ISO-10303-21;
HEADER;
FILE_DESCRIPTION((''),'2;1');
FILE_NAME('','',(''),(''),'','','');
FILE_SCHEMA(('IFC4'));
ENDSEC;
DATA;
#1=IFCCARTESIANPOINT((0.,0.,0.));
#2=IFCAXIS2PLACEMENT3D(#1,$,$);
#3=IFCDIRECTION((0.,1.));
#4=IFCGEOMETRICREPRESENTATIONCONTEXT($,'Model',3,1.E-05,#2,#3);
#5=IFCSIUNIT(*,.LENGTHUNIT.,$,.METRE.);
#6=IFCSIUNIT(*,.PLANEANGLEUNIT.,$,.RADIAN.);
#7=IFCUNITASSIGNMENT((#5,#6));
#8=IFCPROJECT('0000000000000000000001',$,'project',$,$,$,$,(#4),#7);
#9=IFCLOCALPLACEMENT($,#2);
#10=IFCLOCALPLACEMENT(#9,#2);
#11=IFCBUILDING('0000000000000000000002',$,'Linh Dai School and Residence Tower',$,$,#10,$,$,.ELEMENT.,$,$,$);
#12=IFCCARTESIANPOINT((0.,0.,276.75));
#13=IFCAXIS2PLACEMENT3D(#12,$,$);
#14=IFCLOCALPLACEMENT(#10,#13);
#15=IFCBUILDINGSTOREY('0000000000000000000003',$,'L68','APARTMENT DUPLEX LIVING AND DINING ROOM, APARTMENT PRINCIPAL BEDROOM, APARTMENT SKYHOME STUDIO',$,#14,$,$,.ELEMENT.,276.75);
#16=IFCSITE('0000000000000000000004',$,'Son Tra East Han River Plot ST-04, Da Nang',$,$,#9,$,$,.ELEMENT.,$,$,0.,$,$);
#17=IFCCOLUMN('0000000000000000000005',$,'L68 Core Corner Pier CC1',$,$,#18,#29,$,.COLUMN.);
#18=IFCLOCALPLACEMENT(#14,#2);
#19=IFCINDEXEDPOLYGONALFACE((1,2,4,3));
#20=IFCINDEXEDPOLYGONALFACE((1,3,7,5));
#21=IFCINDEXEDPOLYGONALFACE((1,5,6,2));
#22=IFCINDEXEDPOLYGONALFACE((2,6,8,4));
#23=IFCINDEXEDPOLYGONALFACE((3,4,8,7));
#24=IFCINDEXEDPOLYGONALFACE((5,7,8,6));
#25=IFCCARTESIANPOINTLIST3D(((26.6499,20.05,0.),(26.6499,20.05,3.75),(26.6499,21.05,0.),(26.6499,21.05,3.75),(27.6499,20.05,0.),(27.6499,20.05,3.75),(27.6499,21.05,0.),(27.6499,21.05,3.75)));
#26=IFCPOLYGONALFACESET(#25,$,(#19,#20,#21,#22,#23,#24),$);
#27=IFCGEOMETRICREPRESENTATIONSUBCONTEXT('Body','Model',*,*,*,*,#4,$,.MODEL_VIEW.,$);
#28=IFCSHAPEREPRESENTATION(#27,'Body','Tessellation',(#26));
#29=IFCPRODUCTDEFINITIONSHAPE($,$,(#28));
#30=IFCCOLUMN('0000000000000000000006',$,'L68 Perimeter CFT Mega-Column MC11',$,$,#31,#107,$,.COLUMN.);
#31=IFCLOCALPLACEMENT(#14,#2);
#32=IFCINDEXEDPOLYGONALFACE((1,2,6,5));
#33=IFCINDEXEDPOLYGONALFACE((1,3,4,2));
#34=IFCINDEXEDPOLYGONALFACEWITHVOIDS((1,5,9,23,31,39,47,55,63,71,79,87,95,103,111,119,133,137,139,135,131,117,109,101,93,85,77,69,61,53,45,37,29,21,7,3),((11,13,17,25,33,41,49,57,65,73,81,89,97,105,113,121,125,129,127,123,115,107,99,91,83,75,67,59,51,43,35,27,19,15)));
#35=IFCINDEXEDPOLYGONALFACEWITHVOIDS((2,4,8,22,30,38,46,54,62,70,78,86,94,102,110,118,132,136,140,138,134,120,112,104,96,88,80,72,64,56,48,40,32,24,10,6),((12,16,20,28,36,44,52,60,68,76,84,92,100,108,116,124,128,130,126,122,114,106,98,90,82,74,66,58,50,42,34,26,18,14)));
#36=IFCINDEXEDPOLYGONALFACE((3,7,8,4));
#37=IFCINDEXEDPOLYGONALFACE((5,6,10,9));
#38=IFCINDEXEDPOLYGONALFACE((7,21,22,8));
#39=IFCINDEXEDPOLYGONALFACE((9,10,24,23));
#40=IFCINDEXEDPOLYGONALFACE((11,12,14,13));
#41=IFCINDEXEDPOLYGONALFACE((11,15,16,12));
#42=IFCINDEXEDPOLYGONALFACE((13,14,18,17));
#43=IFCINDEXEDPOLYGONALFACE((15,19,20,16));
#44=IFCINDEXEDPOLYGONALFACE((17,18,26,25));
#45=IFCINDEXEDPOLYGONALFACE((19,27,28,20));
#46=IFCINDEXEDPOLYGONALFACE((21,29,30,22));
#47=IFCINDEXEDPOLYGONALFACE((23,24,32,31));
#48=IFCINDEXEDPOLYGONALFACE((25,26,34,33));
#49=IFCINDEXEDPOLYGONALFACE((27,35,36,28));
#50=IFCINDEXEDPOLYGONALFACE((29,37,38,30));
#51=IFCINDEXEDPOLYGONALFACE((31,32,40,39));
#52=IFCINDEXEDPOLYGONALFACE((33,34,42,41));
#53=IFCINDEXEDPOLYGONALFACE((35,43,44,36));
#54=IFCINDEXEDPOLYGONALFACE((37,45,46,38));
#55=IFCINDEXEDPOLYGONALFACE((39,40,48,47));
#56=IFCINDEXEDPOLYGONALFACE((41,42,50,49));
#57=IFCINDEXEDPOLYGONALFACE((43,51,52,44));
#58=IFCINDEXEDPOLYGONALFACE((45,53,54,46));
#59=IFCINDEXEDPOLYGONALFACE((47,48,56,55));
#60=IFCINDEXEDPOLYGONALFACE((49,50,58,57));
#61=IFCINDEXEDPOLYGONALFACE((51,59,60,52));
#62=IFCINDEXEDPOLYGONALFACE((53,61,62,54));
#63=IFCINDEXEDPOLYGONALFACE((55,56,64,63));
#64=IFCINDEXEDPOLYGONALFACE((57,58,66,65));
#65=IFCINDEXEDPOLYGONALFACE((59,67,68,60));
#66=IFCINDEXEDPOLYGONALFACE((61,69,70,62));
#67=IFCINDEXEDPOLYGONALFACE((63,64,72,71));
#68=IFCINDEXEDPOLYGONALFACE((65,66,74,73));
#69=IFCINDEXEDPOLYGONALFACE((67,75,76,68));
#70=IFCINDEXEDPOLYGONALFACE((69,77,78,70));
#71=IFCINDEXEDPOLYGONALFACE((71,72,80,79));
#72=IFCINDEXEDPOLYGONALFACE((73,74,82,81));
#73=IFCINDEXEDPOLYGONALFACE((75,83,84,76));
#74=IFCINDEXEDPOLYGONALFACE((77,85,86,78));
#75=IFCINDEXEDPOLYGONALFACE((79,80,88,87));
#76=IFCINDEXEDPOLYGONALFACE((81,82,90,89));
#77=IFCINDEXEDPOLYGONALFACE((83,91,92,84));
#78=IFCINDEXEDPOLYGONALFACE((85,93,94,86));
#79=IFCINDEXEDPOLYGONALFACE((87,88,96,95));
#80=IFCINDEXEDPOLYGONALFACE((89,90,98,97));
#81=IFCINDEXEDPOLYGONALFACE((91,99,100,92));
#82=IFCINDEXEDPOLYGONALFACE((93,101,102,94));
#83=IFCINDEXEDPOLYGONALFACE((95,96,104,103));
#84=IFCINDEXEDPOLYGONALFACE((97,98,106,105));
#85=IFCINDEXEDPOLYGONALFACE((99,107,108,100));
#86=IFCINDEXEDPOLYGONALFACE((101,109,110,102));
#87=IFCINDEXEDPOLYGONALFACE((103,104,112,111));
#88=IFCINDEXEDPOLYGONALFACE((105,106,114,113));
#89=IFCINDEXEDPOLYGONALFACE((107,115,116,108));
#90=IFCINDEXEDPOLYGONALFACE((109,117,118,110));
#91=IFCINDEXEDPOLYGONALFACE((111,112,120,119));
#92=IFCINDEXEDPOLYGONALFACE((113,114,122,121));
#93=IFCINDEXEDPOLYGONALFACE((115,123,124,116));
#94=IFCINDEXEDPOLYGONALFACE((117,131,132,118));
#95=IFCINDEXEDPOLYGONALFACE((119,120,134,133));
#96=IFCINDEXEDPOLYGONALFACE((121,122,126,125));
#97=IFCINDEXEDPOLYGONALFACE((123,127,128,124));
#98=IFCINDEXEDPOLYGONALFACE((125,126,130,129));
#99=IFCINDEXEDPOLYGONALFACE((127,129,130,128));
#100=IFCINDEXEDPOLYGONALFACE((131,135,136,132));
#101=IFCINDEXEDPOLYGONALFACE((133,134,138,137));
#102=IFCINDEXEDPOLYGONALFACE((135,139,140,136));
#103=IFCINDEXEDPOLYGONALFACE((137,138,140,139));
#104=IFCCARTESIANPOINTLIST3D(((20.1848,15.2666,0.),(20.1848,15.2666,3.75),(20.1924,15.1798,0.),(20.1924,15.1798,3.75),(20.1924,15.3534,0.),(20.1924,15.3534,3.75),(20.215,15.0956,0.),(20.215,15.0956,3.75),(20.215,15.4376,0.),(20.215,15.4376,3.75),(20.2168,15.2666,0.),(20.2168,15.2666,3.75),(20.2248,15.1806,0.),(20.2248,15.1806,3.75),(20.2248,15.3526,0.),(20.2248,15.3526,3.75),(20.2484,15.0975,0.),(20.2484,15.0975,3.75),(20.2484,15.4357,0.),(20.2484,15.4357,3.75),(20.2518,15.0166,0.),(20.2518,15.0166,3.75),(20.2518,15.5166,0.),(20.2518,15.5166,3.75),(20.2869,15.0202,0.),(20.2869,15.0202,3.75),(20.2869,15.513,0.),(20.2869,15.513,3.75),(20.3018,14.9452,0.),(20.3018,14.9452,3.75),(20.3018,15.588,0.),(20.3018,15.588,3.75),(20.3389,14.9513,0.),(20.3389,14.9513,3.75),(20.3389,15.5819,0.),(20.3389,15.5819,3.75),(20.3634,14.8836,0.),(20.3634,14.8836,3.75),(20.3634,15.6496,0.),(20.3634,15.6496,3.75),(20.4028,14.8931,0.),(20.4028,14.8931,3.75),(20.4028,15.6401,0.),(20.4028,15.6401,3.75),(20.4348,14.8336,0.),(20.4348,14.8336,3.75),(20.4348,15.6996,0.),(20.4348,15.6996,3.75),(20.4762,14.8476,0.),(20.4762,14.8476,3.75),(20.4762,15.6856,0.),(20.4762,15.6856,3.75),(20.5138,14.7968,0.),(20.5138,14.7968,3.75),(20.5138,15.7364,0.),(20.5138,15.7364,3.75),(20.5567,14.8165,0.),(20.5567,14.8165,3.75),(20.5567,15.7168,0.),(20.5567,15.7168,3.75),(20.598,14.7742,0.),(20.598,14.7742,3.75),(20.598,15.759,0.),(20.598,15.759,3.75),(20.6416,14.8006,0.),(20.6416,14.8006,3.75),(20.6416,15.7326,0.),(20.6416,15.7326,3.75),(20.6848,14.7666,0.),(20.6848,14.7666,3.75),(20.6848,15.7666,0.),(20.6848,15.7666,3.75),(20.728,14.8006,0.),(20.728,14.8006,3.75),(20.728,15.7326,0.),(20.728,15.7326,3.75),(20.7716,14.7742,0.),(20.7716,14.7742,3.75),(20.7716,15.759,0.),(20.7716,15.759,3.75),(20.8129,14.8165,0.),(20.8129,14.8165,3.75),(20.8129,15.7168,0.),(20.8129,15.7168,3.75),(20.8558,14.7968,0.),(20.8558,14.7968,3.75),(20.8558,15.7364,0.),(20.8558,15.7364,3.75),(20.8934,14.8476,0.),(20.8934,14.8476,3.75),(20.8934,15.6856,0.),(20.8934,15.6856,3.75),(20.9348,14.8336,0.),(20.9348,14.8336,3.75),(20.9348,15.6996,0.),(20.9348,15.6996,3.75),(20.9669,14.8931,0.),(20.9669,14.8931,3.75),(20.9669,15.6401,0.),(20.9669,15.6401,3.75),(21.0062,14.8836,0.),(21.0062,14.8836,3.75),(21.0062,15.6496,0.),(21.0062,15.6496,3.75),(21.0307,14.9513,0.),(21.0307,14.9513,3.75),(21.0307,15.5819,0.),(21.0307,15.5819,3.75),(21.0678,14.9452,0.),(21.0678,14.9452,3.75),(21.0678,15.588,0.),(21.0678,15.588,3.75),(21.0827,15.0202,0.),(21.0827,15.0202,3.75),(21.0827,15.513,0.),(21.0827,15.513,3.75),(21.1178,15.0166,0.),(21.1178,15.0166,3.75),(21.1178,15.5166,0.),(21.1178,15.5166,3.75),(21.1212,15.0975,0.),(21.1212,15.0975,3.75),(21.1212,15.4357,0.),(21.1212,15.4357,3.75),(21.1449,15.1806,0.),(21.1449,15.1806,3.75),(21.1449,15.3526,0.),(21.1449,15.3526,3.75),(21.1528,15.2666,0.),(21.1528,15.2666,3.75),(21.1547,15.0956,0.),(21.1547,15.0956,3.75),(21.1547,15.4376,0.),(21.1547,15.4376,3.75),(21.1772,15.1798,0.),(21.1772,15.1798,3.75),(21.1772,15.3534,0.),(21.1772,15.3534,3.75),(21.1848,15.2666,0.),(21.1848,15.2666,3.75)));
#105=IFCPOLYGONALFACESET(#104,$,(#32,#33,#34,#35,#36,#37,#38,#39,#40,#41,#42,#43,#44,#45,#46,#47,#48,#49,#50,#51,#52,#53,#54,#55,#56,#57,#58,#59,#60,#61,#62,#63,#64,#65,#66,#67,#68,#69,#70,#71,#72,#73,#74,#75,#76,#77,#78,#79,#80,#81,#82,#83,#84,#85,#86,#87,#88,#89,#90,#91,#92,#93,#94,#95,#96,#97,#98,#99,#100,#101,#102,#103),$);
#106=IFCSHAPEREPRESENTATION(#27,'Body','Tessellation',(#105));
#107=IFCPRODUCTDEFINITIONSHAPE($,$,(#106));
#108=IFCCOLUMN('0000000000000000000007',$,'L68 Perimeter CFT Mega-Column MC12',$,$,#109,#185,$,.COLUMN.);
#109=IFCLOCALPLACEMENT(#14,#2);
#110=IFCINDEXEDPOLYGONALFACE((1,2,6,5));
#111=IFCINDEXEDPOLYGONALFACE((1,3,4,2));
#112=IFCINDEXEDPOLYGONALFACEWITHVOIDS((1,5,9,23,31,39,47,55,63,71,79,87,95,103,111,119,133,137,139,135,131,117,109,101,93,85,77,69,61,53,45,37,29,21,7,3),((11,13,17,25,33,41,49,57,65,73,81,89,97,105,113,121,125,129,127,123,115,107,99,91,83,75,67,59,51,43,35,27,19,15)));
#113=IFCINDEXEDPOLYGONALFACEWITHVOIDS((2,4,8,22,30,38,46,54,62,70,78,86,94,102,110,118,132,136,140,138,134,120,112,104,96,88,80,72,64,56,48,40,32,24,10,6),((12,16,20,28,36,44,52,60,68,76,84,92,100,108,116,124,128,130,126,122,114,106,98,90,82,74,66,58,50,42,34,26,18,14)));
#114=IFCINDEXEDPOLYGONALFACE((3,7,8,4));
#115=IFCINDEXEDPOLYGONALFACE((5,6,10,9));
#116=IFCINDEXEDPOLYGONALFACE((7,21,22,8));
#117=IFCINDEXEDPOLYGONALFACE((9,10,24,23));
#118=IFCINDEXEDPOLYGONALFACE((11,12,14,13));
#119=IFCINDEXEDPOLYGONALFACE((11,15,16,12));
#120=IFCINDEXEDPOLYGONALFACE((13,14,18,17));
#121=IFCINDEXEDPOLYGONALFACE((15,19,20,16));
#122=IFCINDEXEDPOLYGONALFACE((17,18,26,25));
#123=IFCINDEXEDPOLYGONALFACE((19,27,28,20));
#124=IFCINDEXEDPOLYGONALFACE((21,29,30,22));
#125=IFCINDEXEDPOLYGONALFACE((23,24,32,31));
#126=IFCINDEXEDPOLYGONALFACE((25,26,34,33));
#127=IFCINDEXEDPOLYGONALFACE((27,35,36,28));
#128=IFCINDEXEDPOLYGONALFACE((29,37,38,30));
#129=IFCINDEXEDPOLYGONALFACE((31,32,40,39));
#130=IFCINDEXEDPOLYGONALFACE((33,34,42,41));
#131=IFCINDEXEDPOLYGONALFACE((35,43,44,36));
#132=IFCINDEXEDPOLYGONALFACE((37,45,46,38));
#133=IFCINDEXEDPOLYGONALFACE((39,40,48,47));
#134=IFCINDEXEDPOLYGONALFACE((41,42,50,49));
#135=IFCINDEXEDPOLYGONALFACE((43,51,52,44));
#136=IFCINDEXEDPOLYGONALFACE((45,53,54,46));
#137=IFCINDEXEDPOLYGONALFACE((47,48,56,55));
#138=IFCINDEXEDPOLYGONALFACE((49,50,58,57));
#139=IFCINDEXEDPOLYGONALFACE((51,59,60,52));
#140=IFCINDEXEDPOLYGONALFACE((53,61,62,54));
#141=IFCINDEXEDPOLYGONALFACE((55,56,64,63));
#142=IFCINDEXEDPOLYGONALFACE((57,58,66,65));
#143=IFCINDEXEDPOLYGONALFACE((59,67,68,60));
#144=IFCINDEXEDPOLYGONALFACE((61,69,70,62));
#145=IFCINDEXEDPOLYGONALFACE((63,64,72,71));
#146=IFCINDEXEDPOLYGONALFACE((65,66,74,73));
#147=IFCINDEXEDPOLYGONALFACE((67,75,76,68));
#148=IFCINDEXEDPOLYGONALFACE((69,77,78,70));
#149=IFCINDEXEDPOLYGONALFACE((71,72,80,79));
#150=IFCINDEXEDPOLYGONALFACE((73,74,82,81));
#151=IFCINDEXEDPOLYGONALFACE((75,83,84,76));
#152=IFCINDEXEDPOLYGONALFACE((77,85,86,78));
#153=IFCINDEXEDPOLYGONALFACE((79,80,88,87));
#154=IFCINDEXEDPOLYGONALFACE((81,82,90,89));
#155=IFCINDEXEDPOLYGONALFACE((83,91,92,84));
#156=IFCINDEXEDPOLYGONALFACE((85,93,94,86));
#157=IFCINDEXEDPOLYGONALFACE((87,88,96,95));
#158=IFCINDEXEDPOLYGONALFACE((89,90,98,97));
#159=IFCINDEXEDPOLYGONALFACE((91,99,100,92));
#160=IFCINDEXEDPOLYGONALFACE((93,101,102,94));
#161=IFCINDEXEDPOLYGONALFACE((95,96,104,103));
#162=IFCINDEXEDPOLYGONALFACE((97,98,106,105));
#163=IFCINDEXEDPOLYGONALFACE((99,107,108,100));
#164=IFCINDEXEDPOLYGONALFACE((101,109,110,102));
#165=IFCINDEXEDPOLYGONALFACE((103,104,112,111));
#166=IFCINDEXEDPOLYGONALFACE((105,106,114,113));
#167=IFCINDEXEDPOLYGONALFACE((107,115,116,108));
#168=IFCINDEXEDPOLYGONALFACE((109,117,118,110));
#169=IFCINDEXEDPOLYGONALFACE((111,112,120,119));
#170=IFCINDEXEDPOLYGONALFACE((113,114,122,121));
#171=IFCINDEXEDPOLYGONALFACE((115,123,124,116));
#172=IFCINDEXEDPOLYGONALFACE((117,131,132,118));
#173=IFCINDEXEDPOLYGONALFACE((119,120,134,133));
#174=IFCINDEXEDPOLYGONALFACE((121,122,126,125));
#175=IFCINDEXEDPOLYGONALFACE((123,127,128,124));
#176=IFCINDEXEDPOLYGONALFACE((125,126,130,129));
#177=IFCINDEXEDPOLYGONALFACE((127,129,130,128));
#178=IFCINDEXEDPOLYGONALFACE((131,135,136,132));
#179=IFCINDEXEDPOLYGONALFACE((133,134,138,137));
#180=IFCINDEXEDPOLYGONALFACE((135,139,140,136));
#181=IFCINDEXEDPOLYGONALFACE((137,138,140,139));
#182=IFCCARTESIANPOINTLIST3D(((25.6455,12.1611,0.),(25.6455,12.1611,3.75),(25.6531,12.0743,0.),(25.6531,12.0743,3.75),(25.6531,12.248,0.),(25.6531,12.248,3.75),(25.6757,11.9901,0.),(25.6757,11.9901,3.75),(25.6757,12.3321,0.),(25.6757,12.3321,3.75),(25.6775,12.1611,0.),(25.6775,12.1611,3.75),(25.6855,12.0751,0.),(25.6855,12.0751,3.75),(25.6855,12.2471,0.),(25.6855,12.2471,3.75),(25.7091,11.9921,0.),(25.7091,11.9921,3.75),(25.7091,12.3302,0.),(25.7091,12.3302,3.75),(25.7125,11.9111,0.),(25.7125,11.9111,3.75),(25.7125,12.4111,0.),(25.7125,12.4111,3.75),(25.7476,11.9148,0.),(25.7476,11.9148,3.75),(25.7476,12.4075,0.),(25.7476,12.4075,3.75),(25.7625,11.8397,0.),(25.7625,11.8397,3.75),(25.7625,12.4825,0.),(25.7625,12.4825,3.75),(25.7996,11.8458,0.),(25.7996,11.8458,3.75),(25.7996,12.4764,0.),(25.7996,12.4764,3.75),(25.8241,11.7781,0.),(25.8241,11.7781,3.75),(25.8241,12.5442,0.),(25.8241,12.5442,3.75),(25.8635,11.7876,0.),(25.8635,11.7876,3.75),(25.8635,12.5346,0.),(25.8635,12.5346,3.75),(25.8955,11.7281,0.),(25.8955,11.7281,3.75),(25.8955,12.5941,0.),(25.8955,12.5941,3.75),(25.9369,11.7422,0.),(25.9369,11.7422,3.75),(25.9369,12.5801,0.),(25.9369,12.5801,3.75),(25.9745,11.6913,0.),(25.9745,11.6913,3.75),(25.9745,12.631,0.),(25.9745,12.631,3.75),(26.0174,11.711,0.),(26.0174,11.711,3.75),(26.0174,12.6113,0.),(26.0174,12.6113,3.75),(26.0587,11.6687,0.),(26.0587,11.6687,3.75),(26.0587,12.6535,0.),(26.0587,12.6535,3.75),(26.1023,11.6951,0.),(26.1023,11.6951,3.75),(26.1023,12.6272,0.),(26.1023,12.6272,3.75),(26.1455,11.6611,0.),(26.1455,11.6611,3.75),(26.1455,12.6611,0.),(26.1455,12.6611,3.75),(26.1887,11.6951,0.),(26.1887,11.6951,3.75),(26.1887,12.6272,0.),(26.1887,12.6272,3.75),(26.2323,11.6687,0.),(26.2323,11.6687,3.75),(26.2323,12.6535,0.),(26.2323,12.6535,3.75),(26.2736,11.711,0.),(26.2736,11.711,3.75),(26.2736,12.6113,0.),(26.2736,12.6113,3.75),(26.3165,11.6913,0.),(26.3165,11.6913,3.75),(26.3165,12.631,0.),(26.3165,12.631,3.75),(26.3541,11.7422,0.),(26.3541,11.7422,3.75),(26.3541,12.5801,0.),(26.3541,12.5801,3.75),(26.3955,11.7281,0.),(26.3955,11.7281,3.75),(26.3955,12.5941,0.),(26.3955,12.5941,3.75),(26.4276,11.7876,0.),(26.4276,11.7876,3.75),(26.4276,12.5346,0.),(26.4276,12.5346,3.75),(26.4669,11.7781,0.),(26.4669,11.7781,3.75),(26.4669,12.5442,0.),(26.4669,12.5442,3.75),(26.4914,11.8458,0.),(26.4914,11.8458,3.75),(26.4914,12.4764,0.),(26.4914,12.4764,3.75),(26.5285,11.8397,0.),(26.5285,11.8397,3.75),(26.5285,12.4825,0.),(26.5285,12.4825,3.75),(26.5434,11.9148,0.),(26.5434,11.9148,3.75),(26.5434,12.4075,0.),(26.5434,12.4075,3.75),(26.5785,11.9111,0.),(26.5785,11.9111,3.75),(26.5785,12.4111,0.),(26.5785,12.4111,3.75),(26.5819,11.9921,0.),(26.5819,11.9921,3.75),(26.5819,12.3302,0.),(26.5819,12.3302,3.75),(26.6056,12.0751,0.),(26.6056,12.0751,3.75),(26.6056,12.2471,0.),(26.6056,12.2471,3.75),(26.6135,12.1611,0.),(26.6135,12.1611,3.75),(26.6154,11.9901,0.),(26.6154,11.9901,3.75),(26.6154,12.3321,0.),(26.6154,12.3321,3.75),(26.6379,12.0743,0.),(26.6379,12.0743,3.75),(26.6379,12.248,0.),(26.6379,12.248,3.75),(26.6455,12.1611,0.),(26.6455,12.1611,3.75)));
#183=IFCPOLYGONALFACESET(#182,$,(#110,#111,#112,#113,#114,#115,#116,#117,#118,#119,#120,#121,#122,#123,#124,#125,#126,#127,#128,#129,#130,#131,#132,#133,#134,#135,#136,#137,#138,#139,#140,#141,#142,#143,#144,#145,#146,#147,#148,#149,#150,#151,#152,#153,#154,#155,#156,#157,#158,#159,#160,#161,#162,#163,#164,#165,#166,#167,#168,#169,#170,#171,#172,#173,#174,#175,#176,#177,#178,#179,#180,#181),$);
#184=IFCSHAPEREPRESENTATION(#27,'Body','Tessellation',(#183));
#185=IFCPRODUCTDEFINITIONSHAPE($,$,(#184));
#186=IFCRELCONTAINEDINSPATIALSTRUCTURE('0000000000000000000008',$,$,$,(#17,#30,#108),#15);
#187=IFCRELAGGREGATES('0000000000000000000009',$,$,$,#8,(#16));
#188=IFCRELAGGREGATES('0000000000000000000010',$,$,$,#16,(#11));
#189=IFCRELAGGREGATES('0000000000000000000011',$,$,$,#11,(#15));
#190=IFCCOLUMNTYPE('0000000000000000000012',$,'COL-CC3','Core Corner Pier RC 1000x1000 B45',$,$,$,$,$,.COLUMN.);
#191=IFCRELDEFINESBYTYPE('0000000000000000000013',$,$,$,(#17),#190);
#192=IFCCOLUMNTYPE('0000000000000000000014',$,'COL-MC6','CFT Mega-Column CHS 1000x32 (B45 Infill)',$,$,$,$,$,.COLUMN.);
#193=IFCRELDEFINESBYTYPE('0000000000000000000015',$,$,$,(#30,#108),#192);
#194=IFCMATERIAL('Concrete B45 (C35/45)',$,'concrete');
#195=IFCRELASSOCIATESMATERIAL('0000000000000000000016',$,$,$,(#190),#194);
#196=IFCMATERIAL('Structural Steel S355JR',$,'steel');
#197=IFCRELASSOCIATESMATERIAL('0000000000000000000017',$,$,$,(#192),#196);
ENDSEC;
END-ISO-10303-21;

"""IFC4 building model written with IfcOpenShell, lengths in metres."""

from ifc_helpers import new_model, si_unit, direction, frame, origin, origin_2d, place, context, subcontext, project, spatial, rectangle, hollow_circle, extrude, material, material_profile, profile_set, type_object, element, save


model = new_model("IFC4")

# Units and contexts
model_context = context("Model", 3, precision=1e-05, world=origin(), true_north=direction((0.0, 1.0)))
body_context = subcontext(model_context, "Body", "Model", "MODEL_VIEW")
ifc_project = project(units=[si_unit("LENGTHUNIT", "METRE"), si_unit("PLANEANGLEUNIT", "RADIAN")], contexts=[model_context])

# Site, building, storey
site_placement = place(None, origin())
site = spatial("IfcSite", under=ifc_project, at=site_placement, Name="Son Tra East Han River Plot ST-04, Da Nang", CompositionType="ELEMENT", RefElevation=0.0)
building_placement = place(site_placement, origin())
building = spatial("IfcBuilding", under=site, at=building_placement, Name="Linh Dai School and Residence Tower", CompositionType="ELEMENT")
storey_placement = place(building_placement, frame((0.0, 0.0, 276.75)))
storey = spatial("IfcBuildingStorey", under=building, at=storey_placement, Name="L68", Description="APARTMENT DUPLEX LIVING AND DINING ROOM, APARTMENT PRINCIPAL BEDROOM, APARTMENT SKYHOME STUDIO", CompositionType="ELEMENT", Elevation=276.75)

# Columns
ifc_material_1 = material(Name="Concrete B45 (C35/45)", Category="concrete")
ifc_material_profile_1 = material_profile(ifc_material_1, rectangle(XDim=1.0, YDim=1.0, at=origin_2d()), Name="RC 1000x1000")
ifc_profile_set_1 = profile_set([ifc_material_profile_1], Name="Concrete B45 (C35/45)")
column_type_1 = type_object("IfcColumnType", Name="COL-CC3", Description="Core Corner Pier RC 1000x1000 B45", PredefinedType="COLUMN", material=ifc_profile_set_1)
column_placement = place(storey_placement, frame((27.1499, 20.55, 0.0), z_axis=(0.0, 0.0, 1.0), x_axis=(1.0, 0.0, 0.0)))
element("IfcColumn", 1, at=column_placement, inside=storey, type_object=column_type_1, Name="L68 Core Corner Pier CC1", PredefinedType="COLUMN", context=body_context, shape_type="SweptSolid", body=[
    extrude(rectangle(XDim=1.0, YDim=1.0, at=origin_2d()), origin(), (0.0, 0.0, 1.0), 3.75),
])
ifc_material_2 = material(Name="Structural Steel S355JR", Category="steel")
ifc_material_profile_2 = material_profile(ifc_material_2, hollow_circle(Radius=0.5, WallThickness=0.032, at=origin_2d()), Name="CHS 1000x32")
ifc_profile_set_2 = profile_set([ifc_material_profile_2], Name="Structural Steel S355JR")
column_type_2 = type_object("IfcColumnType", Name="COL-MC6", Description="CFT Mega-Column CHS 1000x32 (B45 Infill)", PredefinedType="COLUMN", material=ifc_profile_set_2)
for number, where, z_axis, x_axis, name in (
    (2, (20.6848, 15.2666, 0.0), (0.0, 0.0, 1.0), (1.0, 0.0, 0.0), "L68 Perimeter CFT Mega-Column MC11"),
    (3, (26.1455, 12.1611, 0.0), (0.0, 0.0, 1.0), (1.0, 0.0, 0.0), "L68 Perimeter CFT Mega-Column MC12"),
):
    element("IfcColumn", number, at=place(storey_placement, frame(where, z_axis=z_axis, x_axis=x_axis)), inside=storey, type_object=column_type_2, Name=name, PredefinedType="COLUMN", context=body_context, shape_type="SweptSolid", body=[
        extrude(hollow_circle(Radius=0.5, WallThickness=0.032, at=origin_2d()), origin(), (0.0, 0.0, 1.0), 3.75),
    ])

save(model, "model.ifc")
